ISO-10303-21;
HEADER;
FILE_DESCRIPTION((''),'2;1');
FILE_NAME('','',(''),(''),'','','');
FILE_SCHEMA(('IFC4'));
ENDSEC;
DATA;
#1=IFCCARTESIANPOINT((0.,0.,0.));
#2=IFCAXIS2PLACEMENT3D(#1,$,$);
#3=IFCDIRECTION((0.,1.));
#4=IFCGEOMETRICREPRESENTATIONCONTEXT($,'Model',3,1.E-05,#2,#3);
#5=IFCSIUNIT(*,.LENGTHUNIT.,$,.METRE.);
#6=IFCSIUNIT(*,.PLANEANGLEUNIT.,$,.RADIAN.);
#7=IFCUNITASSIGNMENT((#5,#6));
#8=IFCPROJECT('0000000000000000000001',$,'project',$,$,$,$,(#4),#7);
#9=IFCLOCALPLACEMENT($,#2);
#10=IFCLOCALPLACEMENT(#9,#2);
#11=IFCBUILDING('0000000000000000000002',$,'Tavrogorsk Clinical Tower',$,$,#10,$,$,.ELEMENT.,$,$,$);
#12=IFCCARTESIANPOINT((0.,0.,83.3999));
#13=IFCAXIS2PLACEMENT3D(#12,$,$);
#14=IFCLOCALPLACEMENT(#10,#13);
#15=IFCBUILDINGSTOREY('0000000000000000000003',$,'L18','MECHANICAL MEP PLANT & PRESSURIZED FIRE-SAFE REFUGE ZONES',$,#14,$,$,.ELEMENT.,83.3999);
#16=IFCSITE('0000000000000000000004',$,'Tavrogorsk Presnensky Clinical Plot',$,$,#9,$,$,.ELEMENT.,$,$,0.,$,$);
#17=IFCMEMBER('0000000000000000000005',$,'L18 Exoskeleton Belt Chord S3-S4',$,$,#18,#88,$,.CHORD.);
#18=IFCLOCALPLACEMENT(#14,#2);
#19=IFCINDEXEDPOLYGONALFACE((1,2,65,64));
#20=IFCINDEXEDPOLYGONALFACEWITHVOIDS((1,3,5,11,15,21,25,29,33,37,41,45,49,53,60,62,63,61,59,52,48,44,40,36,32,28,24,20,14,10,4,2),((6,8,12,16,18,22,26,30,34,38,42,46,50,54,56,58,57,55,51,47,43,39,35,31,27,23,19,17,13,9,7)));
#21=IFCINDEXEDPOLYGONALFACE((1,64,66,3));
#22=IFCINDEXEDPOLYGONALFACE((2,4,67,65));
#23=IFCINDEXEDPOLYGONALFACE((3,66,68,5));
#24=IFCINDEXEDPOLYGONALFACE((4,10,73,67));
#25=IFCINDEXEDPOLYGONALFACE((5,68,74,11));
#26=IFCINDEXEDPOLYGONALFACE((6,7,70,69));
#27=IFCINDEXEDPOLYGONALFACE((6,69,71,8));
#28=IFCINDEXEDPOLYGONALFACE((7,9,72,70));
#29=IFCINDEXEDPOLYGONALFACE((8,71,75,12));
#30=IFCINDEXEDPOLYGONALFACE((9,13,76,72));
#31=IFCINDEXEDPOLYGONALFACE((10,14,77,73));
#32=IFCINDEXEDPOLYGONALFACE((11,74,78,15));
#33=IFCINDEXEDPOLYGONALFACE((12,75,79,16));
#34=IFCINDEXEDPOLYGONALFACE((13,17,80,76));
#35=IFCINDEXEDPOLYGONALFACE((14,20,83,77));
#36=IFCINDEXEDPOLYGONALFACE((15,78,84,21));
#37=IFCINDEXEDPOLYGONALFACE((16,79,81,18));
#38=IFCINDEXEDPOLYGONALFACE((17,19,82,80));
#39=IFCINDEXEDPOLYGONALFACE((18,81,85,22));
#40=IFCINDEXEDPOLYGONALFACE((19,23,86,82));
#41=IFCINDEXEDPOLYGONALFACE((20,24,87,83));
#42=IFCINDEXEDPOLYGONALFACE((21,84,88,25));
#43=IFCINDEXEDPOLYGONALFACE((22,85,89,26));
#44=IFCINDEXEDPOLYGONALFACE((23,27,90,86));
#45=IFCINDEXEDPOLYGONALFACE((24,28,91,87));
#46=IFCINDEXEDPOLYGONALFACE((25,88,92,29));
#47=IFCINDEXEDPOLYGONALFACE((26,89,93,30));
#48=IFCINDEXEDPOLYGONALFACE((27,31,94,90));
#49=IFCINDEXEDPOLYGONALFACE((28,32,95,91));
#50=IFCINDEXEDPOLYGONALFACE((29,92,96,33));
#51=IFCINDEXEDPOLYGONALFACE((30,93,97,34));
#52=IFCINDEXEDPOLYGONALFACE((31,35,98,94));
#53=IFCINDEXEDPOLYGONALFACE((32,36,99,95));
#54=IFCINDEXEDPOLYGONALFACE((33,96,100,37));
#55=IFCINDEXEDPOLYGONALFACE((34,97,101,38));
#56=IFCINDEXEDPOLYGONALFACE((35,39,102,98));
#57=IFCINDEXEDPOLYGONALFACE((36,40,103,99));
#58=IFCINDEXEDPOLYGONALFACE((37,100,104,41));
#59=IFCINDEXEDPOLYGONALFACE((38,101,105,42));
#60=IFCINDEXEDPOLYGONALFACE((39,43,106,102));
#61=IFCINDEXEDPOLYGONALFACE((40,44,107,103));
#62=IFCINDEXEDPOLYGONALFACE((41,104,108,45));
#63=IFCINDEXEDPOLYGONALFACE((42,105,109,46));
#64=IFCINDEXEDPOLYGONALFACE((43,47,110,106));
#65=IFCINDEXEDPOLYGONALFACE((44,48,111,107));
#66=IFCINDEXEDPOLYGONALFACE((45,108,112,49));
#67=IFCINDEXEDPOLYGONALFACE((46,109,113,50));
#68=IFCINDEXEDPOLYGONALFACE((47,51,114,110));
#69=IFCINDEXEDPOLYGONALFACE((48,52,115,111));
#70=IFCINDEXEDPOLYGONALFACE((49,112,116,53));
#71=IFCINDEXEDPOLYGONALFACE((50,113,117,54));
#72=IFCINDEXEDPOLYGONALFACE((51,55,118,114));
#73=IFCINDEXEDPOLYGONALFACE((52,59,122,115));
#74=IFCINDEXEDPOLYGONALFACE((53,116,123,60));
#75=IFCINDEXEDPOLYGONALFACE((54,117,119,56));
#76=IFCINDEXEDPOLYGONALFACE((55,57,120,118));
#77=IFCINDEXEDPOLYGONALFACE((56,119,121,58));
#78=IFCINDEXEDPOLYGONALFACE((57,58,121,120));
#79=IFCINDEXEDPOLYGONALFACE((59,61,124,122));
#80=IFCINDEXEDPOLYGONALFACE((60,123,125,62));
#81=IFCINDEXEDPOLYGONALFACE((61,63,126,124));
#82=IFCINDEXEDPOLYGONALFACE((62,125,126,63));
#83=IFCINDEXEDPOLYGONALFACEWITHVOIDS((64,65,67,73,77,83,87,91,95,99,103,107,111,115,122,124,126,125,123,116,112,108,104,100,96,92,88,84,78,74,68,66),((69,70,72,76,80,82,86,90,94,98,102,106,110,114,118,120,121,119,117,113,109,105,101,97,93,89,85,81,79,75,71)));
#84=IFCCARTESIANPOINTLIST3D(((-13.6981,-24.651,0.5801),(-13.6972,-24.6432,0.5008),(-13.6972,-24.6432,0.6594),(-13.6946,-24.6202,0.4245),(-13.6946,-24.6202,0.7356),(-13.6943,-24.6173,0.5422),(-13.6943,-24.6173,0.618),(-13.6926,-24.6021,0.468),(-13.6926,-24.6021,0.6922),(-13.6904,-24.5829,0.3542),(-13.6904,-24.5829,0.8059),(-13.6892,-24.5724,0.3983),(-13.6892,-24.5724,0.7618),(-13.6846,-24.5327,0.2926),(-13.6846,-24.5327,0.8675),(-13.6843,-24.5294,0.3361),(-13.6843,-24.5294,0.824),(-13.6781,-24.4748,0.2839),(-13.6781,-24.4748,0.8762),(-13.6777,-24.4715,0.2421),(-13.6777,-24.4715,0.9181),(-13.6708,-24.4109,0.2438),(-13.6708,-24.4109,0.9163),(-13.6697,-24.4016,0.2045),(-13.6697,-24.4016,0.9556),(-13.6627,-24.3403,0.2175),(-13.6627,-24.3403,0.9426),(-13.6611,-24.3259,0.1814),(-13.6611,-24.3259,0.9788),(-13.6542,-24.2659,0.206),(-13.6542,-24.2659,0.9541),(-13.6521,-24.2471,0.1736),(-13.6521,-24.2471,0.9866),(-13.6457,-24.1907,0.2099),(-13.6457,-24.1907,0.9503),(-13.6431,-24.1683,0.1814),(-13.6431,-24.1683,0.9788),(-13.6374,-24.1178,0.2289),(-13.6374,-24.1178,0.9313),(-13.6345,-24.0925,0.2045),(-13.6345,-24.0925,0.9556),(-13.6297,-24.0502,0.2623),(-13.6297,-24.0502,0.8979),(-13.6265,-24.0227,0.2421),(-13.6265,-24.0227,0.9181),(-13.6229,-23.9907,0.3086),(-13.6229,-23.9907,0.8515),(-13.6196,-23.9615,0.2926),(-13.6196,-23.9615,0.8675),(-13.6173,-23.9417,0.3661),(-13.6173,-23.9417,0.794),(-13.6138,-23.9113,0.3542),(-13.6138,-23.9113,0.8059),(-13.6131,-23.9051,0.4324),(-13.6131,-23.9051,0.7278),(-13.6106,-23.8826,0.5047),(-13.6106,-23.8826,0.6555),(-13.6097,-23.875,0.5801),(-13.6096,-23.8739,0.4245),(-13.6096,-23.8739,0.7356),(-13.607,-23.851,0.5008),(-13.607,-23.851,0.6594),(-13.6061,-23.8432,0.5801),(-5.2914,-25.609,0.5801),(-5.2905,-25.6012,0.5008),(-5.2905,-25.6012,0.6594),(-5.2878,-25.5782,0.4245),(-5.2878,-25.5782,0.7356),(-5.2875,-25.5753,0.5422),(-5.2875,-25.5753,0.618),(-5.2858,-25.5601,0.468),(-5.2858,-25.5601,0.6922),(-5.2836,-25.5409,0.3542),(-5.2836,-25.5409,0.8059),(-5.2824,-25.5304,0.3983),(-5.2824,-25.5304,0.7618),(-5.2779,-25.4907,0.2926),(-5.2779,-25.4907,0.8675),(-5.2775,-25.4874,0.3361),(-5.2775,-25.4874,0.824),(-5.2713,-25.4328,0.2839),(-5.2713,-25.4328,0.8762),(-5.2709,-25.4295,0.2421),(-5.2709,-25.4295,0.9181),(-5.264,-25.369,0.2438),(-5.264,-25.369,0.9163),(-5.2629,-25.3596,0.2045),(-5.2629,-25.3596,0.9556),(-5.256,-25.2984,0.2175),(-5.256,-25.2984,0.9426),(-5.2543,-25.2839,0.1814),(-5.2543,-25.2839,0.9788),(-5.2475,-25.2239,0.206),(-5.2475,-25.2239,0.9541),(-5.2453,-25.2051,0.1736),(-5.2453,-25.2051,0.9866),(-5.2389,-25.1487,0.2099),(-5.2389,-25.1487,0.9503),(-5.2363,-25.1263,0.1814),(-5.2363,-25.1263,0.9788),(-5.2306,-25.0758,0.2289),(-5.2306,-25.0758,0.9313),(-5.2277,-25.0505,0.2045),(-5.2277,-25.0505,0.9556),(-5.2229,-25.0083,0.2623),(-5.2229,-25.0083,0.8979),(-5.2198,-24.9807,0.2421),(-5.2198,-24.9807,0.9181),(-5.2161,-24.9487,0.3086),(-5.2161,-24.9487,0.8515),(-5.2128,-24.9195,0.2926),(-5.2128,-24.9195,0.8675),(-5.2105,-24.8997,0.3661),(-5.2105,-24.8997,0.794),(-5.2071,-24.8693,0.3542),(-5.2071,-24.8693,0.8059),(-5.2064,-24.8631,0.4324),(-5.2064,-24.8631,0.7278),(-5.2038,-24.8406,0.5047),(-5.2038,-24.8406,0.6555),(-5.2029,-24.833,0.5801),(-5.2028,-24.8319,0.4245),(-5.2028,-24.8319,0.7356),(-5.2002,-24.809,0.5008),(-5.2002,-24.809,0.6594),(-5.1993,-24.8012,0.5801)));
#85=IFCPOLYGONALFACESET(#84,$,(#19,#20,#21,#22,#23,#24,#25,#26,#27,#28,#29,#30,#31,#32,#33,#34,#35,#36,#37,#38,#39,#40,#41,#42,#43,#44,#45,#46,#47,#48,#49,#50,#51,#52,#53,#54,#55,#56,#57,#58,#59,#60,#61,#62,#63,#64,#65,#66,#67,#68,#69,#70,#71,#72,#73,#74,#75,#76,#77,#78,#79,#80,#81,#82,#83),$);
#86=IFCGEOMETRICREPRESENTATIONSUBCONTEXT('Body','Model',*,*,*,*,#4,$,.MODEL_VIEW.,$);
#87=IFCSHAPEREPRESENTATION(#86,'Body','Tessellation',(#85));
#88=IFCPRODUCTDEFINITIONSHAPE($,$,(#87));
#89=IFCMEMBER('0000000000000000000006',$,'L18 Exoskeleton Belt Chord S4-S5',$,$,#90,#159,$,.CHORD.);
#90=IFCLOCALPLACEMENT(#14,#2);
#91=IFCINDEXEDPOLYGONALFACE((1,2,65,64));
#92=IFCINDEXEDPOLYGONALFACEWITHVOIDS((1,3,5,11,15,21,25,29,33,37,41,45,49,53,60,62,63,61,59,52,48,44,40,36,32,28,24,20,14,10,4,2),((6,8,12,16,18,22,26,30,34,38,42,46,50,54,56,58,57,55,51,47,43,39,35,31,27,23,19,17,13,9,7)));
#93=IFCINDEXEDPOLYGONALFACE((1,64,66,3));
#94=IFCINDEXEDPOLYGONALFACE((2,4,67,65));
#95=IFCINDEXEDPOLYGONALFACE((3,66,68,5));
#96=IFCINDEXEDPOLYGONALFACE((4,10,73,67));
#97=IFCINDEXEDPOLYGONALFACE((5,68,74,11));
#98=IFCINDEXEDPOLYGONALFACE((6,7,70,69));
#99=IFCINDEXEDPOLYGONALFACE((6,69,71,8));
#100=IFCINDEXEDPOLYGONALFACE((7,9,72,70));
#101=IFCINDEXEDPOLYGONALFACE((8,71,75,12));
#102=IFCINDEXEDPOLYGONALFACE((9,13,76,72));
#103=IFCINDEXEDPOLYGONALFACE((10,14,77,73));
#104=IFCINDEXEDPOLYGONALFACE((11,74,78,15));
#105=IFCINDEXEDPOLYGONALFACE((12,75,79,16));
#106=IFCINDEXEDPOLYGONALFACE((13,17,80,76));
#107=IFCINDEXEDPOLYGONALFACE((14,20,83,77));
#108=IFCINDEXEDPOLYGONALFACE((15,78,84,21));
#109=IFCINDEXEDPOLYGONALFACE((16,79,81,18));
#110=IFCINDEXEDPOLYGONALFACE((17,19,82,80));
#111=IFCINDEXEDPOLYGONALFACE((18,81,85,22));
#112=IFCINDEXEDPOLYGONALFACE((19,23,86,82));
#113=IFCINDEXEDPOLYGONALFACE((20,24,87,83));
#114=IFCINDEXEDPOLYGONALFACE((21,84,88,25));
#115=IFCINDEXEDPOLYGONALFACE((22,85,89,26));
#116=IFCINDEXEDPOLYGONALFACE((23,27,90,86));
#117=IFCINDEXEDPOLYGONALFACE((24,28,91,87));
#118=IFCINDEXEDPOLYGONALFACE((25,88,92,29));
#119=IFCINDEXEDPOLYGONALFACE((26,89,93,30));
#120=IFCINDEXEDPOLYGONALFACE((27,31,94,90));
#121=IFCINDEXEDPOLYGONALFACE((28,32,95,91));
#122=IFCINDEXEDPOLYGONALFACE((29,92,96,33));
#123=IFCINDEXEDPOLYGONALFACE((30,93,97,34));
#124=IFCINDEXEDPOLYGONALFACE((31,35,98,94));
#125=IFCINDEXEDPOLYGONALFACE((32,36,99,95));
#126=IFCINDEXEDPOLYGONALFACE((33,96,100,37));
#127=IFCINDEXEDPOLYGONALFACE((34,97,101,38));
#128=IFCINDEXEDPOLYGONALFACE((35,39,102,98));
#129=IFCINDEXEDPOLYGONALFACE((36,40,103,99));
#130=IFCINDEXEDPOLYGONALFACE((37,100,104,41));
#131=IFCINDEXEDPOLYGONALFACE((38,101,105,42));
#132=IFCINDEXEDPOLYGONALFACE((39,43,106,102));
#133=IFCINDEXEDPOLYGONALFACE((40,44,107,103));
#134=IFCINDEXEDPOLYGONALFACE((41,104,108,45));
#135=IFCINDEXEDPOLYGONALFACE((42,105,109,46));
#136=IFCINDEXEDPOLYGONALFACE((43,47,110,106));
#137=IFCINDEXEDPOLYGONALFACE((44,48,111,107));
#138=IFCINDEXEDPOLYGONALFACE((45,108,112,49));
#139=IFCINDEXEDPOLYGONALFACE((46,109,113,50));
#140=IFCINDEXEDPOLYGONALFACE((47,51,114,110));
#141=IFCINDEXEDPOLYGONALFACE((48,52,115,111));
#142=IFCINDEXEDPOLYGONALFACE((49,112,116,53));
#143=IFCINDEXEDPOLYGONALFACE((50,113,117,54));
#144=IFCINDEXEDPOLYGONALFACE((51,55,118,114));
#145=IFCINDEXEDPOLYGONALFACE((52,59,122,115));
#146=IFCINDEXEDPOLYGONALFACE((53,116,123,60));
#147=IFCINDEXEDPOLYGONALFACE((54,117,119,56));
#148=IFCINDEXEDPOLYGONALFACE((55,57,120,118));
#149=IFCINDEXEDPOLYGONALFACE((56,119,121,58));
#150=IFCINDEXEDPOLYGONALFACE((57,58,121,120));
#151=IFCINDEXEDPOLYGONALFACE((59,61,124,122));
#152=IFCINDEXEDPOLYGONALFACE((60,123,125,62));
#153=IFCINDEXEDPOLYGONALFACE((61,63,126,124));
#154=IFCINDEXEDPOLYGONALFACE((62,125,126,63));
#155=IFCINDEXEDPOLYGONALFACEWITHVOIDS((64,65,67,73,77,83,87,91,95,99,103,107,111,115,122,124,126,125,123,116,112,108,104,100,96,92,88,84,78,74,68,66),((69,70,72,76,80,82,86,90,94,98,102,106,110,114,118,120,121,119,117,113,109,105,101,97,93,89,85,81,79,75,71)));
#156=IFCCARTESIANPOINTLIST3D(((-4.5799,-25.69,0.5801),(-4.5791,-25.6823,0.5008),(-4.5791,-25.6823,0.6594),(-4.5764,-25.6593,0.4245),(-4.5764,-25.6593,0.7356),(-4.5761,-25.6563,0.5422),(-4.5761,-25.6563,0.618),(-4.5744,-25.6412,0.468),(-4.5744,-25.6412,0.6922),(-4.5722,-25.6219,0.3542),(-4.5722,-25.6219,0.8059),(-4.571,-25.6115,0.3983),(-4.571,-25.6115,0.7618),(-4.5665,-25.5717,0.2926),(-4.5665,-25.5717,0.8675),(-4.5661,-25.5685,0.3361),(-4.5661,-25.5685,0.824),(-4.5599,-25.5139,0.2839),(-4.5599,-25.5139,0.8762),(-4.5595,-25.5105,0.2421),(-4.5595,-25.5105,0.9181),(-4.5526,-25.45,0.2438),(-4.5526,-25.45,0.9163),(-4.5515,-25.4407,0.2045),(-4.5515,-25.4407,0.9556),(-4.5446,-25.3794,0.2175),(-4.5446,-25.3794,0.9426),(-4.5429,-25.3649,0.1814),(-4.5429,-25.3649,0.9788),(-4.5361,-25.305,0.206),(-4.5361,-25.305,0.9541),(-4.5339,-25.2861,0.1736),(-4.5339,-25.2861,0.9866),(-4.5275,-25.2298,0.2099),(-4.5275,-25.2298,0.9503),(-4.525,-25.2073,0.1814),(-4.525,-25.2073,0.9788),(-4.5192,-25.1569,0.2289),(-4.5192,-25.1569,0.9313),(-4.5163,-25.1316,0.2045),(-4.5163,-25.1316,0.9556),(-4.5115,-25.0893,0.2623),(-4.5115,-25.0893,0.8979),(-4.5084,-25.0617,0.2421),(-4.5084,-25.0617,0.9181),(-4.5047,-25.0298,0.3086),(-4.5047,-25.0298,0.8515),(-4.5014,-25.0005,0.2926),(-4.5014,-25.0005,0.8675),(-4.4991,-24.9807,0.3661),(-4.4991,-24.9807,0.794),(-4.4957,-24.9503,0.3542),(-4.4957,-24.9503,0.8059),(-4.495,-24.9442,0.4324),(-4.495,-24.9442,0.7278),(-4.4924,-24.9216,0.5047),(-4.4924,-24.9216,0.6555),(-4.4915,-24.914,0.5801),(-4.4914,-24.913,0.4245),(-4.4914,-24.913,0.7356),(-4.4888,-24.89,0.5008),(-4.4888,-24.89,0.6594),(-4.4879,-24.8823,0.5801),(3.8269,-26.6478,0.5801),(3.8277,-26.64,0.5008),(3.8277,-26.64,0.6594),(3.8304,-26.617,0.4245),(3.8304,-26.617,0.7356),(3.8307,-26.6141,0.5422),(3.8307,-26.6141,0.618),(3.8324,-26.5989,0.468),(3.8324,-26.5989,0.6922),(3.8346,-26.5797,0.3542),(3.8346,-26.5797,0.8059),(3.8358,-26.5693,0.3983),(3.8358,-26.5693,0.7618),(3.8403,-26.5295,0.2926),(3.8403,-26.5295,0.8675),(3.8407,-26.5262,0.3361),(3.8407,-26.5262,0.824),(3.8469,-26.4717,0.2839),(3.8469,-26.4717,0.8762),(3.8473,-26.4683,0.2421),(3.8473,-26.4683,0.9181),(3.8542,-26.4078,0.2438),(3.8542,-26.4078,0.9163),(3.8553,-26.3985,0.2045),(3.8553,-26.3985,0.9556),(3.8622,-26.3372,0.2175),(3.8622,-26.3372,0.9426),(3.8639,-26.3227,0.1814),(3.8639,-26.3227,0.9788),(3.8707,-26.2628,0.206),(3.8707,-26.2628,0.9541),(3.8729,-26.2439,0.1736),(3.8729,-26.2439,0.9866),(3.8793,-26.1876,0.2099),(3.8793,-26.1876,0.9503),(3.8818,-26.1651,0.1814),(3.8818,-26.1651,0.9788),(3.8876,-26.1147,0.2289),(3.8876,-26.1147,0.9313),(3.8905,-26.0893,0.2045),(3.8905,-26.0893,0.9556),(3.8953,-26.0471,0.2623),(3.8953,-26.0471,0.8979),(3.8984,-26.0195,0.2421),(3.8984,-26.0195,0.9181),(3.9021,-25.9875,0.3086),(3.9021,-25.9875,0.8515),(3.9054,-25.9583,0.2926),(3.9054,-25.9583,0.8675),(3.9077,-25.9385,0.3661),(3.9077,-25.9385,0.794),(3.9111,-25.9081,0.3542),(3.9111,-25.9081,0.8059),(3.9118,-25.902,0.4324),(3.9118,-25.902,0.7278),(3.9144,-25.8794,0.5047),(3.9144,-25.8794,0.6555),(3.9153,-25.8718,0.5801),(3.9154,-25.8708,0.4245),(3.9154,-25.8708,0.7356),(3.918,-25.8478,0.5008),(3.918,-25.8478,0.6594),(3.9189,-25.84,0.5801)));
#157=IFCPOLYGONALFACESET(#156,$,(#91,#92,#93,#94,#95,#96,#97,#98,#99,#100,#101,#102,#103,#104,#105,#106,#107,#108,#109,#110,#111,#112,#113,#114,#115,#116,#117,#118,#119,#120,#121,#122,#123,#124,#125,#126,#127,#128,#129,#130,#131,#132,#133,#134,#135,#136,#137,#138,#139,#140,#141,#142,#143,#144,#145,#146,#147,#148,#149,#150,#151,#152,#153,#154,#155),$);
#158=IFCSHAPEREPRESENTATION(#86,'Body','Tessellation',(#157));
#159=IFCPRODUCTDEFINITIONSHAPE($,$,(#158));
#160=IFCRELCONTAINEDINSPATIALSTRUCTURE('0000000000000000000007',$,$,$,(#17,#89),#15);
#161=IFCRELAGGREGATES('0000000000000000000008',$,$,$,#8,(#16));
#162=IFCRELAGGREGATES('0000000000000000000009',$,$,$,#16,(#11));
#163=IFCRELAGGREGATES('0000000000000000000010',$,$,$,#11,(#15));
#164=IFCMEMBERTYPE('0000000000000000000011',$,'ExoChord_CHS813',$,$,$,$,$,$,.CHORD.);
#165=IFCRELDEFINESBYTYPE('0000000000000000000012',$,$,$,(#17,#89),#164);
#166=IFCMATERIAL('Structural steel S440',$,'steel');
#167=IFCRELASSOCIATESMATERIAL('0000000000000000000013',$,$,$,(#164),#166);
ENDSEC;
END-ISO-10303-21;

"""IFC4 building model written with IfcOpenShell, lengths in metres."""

from ifc_helpers import new_model, si_unit, direction, frame, origin, origin_2d, place, context, subcontext, project, spatial, hollow_circle, extrude, material, material_profile, profile_set, type_object, element, save


model = new_model("IFC4")

# Units and contexts
model_context = context("Model", 3, precision=1e-05, world=origin(), true_north=direction((0.0, 1.0)))
body_context = subcontext(model_context, "Body", "Model", "MODEL_VIEW")
ifc_project = project(units=[si_unit("LENGTHUNIT", "METRE"), si_unit("PLANEANGLEUNIT", "RADIAN")], contexts=[model_context])

# Site, building, storey
site_placement = place(None, origin())
site = spatial("IfcSite", under=ifc_project, at=site_placement, Name="Tavrogorsk Presnensky Clinical Plot", CompositionType="ELEMENT", RefElevation=0.0)
building_placement = place(site_placement, origin())
building = spatial("IfcBuilding", under=site, at=building_placement, Name="Tavrogorsk Clinical Tower", CompositionType="ELEMENT")
storey_placement = place(building_placement, frame((0.0, 0.0, 83.3999)))
storey = spatial("IfcBuildingStorey", under=building, at=storey_placement, Name="L18", Description="MECHANICAL MEP PLANT & PRESSURIZED FIRE-SAFE REFUGE ZONES", CompositionType="ELEMENT", Elevation=83.3999)

# Members
ifc_material_1 = material(Name="Structural steel S440", Category="steel")
ifc_material_profile_1 = material_profile(ifc_material_1, hollow_circle(Radius=0.4065, WallThickness=0.032, at=origin_2d()), Name="CHS-813x32")
ifc_profile_set_1 = profile_set([ifc_material_profile_1], Name="Structural steel S440")
member_type_1 = type_object("IfcMemberType", Name="ExoChord_CHS813", PredefinedType="CHORD", material=ifc_profile_set_1)
for number, where, z_axis, x_axis, name in (
    (1, (-13.6521, -24.2471, 0.5801), (0.993569, -0.113224, 0.0), (0.113224, 0.993569, 0.0), "L18 Exoskeleton Belt Chord S3-S4"),
    (2, (-4.5339, -25.2861, 0.5801), (0.993573, -0.113196, 0.0), (0.113196, 0.993573, 0.0), "L18 Exoskeleton Belt Chord S4-S5"),
):
    element("IfcMember", number, at=place(storey_placement, frame(where, z_axis=z_axis, x_axis=x_axis)), inside=storey, type_object=member_type_1, Name=name, PredefinedType="CHORD", context=body_context, shape_type="SweptSolid", body=[
        extrude(hollow_circle(Radius=0.4065, WallThickness=0.032, at=origin_2d()), origin(), (0.0, 0.0, 1.0), 8.4612),
    ])

save(model, "model.ifc")
